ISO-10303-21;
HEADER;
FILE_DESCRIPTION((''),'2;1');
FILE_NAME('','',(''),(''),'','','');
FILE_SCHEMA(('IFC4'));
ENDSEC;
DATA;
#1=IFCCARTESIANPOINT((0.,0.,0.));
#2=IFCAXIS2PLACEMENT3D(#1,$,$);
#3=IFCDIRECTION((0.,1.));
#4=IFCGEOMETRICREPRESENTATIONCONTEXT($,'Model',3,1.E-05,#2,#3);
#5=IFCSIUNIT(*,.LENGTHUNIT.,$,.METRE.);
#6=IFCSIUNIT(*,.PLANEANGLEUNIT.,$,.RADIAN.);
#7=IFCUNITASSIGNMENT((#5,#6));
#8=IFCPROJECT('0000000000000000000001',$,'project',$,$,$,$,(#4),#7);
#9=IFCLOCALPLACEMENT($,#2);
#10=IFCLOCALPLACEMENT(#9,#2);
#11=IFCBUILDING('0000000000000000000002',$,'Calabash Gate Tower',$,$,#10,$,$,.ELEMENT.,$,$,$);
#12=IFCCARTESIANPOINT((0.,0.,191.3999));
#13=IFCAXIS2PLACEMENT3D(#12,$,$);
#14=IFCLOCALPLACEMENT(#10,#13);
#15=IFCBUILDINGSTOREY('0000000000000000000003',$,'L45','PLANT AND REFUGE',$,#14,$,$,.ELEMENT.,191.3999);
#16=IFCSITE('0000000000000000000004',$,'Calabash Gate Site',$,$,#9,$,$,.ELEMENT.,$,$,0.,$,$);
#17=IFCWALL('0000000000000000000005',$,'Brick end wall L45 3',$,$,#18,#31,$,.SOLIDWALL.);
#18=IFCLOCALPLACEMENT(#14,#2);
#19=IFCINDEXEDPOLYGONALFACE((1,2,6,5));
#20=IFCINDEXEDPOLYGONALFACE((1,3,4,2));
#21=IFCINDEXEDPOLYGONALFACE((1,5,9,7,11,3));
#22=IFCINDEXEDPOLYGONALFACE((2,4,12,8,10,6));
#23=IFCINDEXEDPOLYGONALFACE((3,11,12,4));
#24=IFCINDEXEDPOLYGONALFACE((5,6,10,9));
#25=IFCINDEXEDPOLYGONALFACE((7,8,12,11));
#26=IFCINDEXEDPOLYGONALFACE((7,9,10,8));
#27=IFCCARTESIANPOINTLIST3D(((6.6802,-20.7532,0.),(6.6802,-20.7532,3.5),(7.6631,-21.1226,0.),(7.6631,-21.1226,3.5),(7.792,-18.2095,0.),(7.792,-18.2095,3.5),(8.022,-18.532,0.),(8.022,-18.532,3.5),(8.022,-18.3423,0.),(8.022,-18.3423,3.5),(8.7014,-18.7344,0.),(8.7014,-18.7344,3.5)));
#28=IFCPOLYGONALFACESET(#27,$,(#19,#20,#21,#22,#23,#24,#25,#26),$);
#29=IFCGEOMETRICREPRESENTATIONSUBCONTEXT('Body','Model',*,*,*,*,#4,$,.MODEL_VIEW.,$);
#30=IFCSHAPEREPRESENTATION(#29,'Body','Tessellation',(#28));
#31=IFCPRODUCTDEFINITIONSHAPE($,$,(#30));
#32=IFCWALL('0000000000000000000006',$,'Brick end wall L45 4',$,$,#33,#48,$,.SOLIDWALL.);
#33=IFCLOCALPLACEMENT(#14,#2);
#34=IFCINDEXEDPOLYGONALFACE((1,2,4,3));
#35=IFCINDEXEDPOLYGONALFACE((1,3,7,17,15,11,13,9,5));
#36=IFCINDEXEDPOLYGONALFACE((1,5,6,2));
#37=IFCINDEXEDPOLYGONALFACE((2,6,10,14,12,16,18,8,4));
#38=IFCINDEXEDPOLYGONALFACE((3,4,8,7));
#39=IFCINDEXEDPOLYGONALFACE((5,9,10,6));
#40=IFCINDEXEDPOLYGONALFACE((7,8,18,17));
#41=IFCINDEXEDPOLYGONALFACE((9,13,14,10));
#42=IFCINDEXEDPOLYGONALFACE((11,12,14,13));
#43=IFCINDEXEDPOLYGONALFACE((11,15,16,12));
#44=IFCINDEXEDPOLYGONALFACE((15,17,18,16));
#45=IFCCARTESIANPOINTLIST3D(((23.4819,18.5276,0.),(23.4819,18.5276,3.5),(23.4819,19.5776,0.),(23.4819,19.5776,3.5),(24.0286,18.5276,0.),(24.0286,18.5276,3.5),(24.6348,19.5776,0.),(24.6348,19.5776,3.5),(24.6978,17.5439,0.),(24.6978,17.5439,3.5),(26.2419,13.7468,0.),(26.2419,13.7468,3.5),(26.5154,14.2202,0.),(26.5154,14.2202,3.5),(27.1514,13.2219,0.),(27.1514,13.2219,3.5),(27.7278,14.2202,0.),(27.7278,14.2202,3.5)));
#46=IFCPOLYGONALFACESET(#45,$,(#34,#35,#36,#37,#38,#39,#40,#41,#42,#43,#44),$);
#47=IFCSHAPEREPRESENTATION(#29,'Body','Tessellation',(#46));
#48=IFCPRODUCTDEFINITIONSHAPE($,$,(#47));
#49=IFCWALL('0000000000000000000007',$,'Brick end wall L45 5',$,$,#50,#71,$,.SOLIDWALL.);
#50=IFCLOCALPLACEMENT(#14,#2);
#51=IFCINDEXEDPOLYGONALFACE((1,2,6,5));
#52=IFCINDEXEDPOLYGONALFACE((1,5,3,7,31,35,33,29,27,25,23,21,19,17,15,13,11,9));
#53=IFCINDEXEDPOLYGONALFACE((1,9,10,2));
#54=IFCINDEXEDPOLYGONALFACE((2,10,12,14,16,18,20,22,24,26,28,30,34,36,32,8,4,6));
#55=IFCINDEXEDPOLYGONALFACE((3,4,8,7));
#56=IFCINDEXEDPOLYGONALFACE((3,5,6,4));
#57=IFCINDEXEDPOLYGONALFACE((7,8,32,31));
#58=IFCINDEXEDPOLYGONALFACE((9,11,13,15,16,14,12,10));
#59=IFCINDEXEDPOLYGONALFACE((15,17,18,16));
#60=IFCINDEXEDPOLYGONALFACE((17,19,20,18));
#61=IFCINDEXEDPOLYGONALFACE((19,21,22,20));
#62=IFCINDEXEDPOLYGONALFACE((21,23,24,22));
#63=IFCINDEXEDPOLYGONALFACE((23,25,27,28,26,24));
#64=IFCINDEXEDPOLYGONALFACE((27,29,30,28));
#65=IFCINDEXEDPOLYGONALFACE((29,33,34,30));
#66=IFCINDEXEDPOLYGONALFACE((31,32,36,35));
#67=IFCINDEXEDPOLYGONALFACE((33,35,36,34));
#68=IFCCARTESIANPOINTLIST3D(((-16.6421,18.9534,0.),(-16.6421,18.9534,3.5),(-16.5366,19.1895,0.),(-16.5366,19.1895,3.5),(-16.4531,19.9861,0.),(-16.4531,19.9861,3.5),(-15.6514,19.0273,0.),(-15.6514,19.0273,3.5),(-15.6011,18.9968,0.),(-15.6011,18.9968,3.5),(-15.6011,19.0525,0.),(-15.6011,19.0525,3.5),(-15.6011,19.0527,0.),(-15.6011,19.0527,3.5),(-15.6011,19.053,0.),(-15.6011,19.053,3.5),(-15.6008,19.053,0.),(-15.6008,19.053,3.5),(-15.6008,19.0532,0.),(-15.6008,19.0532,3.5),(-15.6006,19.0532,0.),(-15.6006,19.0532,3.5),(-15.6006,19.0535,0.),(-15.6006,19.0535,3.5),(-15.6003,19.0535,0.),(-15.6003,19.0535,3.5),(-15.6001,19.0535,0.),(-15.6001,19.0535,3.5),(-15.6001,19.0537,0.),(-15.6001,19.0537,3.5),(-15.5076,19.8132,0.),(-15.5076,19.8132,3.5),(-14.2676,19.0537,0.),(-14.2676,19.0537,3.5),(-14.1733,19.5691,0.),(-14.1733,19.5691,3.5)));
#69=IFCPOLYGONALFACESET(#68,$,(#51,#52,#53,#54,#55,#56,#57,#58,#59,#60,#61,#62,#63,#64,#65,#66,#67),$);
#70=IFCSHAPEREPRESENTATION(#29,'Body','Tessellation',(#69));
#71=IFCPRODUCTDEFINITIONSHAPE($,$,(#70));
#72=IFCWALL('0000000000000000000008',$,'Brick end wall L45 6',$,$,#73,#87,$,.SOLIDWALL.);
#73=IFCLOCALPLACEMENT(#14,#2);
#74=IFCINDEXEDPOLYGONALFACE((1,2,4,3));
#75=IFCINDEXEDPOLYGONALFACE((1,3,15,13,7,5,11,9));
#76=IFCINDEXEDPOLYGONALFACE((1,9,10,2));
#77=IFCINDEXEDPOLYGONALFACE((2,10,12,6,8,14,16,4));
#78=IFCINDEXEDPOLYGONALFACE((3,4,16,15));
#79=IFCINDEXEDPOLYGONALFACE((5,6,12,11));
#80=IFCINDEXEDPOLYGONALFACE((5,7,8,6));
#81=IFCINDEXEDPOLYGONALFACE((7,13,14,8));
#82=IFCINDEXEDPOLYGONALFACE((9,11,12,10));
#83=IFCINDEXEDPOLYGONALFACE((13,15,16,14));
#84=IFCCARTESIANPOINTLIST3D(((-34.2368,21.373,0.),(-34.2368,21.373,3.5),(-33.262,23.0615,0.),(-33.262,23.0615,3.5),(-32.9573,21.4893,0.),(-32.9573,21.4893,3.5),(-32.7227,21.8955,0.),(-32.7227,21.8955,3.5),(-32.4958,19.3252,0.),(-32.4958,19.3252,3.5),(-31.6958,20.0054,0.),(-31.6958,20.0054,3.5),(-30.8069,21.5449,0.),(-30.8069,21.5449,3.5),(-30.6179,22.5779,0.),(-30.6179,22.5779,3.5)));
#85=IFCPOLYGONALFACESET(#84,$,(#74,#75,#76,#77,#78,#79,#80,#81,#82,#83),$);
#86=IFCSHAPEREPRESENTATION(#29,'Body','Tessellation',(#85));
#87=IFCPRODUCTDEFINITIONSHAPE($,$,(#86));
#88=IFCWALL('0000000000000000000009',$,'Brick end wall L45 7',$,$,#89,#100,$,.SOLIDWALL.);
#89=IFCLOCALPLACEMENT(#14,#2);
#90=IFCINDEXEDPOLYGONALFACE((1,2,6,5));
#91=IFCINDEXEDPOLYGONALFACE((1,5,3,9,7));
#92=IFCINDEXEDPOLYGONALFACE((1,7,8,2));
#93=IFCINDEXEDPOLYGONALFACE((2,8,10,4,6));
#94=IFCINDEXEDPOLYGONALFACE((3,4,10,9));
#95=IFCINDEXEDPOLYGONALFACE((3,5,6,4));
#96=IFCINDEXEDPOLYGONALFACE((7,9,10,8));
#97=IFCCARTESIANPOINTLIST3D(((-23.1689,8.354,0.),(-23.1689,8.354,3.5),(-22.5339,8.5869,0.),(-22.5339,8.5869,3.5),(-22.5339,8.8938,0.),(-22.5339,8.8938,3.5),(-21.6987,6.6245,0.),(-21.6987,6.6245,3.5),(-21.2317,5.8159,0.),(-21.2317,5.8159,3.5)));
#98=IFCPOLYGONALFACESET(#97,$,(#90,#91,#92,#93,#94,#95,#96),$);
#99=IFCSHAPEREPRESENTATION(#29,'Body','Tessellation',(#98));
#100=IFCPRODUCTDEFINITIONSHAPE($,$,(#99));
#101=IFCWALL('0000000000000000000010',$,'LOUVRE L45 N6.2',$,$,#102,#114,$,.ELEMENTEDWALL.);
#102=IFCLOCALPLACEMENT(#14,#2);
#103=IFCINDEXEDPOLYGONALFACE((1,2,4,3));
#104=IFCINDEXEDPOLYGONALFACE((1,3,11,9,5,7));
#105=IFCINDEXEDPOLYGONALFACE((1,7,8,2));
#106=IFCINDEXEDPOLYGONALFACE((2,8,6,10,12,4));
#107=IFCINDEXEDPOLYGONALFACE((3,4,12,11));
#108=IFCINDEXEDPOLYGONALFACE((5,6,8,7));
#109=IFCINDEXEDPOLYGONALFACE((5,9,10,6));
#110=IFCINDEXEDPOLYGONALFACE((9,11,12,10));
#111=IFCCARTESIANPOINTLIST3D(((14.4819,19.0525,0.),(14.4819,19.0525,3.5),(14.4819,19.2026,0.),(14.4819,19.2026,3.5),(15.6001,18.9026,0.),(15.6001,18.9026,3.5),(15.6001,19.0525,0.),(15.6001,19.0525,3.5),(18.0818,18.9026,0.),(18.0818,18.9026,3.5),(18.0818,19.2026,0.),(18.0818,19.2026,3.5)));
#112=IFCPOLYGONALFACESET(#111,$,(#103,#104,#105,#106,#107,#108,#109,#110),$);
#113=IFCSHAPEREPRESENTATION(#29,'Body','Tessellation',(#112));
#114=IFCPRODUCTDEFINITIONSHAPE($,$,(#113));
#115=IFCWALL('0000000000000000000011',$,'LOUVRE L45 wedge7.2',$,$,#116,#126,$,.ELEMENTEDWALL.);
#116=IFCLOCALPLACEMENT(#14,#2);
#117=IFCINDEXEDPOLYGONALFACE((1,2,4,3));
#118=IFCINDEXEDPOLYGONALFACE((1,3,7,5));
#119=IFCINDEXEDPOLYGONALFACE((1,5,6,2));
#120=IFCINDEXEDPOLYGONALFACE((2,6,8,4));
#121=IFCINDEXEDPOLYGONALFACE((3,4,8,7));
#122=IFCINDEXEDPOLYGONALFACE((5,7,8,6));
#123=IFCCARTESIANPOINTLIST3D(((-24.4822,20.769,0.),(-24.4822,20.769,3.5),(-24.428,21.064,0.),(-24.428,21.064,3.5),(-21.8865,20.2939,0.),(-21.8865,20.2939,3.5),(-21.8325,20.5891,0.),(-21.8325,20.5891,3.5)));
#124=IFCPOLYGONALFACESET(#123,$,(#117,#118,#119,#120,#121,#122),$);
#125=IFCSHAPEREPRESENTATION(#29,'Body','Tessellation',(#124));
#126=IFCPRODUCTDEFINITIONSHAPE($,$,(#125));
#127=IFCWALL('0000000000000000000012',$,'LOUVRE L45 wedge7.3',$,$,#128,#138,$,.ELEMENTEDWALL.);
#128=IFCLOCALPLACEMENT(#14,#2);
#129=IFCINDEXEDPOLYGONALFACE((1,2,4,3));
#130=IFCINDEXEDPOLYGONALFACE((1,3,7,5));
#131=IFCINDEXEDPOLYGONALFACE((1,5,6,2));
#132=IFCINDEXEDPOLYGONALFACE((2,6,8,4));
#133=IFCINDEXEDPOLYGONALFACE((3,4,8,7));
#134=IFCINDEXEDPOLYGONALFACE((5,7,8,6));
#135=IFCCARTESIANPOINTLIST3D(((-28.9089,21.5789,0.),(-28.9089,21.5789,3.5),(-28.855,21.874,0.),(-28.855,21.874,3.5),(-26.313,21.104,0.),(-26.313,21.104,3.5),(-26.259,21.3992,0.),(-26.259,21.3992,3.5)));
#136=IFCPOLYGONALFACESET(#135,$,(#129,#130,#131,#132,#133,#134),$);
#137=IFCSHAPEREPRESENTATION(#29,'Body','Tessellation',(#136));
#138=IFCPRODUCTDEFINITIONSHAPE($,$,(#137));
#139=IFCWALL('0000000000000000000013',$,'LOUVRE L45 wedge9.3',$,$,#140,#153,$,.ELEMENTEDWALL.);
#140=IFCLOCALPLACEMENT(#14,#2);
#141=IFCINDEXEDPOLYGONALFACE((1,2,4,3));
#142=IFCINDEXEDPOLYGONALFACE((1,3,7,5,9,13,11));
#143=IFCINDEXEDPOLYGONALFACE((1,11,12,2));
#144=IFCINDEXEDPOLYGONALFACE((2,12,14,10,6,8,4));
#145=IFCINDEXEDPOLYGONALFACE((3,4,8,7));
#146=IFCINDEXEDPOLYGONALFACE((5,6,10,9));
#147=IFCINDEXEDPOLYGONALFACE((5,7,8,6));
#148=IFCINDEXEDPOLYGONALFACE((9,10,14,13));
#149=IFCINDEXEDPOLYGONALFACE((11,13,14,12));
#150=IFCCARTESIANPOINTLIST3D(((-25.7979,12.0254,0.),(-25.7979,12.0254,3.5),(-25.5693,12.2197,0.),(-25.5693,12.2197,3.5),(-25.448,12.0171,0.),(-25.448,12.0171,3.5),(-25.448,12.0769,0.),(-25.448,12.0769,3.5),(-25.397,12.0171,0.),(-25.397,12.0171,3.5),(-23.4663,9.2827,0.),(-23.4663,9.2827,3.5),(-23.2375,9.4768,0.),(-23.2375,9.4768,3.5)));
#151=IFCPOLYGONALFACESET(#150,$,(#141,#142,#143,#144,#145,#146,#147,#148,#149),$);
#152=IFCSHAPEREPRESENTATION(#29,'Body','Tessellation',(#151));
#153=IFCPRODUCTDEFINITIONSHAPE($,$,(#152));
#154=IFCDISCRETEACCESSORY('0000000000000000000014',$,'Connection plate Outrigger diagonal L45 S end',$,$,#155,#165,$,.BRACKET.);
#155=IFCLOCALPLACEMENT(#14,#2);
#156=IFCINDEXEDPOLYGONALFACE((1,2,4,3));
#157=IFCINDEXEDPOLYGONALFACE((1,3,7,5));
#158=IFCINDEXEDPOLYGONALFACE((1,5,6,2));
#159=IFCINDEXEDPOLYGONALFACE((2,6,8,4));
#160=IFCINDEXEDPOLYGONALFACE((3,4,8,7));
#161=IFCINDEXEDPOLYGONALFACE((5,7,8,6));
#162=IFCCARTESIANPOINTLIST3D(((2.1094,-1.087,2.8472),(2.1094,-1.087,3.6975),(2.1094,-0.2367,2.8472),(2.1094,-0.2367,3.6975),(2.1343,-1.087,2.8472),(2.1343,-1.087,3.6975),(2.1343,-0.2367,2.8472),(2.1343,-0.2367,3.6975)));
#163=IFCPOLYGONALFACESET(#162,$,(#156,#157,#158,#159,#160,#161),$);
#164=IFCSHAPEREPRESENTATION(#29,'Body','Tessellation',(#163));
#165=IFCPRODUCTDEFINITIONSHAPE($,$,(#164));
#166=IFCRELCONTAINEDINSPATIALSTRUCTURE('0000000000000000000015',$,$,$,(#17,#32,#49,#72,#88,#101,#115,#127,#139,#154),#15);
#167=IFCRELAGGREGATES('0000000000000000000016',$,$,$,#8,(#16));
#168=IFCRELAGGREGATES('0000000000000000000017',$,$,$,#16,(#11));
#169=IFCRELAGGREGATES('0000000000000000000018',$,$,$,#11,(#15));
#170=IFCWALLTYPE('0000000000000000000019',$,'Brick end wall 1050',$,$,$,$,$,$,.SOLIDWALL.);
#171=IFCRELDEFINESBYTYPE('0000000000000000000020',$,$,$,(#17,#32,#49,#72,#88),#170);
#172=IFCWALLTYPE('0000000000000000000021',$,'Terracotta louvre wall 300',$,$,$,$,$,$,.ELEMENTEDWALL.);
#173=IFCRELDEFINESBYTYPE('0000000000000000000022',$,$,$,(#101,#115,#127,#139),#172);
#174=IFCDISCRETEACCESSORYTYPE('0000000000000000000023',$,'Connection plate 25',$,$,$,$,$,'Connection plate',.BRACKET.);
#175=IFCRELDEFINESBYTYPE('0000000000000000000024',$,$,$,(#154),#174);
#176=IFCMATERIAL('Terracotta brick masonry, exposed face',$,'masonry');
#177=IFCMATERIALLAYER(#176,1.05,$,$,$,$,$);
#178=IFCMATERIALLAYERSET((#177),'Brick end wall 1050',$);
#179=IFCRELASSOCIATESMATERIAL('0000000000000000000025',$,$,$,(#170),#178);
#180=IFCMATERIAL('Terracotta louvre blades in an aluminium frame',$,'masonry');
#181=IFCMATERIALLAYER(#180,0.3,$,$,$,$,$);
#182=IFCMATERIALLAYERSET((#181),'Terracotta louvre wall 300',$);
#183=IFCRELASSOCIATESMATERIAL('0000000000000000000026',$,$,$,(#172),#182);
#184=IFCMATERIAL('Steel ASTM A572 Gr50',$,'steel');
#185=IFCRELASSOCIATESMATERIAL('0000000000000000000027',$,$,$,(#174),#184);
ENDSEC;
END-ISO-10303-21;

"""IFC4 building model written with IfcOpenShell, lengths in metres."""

from ifc_helpers import new_model, si_unit, direction, frame, origin, origin_2d, place, context, subcontext, project, spatial, polyline, rectangle, outline, extrude, material, layer, layer_set, type_object, element, save


model = new_model("IFC4")

# Units and contexts
model_context = context("Model", 3, precision=1e-05, world=origin(), true_north=direction((0.0, 1.0)))
body_context = subcontext(model_context, "Body", "Model", "MODEL_VIEW")
ifc_project = project(units=[si_unit("LENGTHUNIT", "METRE"), si_unit("PLANEANGLEUNIT", "RADIAN")], contexts=[model_context])

# Site, building, storey
site_placement = place(None, origin())
site = spatial("IfcSite", under=ifc_project, at=site_placement, Name="Calabash Gate Site", CompositionType="ELEMENT", RefElevation=0.0)
building_placement = place(site_placement, origin())
building = spatial("IfcBuilding", under=site, at=building_placement, Name="Calabash Gate Tower", CompositionType="ELEMENT")
storey_placement = place(building_placement, frame((0.0, 0.0, 191.3999)))
storey = spatial("IfcBuildingStorey", under=building, at=storey_placement, Name="L45", Description="PLANT AND REFUGE", CompositionType="ELEMENT", Elevation=191.3999)

# Walls
ifc_material_1 = material(Name="Terracotta brick masonry, exposed face", Category="masonry")
ifc_layer_1 = layer(ifc_material_1, 1.05)
ifc_layer_set_1 = layer_set([ifc_layer_1], Name="Brick end wall 1050")
wall_type_1 = type_object("IfcWallType", Name="Brick end wall 1050", PredefinedType="SOLIDWALL", material=ifc_layer_set_1)
wall_1_placement = place(storey_placement, origin())
element("IfcWall", 1, at=wall_1_placement, inside=storey, type_object=wall_type_1, Name="Brick end wall L45 3", PredefinedType="SOLIDWALL", context=body_context, shape_type="SweptSolid", body=[
    extrude(outline(polyline([(6.6802, -20.7532), (7.6631, -21.1226), (8.7014, -18.7344), (8.022, -18.532), (8.022, -18.3423), (7.792, -18.2095), (6.6802, -20.7532)])), origin(), (0.0, 0.0, 1.0), 3.5),
])
wall_2_placement = place(storey_placement, origin())
element("IfcWall", 2, at=wall_2_placement, inside=storey, type_object=wall_type_1, Name="Brick end wall L45 4", PredefinedType="SOLIDWALL", context=body_context, shape_type="SweptSolid", body=[
    extrude(outline(polyline([(26.2419, 13.7468), (27.1514, 13.2219), (27.7278, 14.2202), (24.6348, 19.5776), (23.4819, 19.5776), (23.4819, 18.5276), (24.0286, 18.5276), (24.6978, 17.5439), (26.5154, 14.2202), (26.2419, 13.7468)])), origin(), (0.0, 0.0, 1.0), 3.5),
])
wall_3_placement = place(storey_placement, origin())
element("IfcWall", 3, at=wall_3_placement, inside=storey, type_object=wall_type_1, Name="Brick end wall L45 5", PredefinedType="SOLIDWALL", context=body_context, shape_type="SweptSolid", body=[
    extrude(outline(polyline([(-16.6421, 18.9534), (-16.4531, 19.9861), (-16.5366, 19.1895), (-15.6514, 19.0273), (-15.5076, 19.8132), (-14.1733, 19.5691), (-14.2676, 19.0537), (-15.6001, 19.0537), (-15.6001, 19.0537), (-15.6001, 19.0535), (-15.6003, 19.0535), (-15.6003, 19.0535), (-15.6006, 19.0535), (-15.6006, 19.0535), (-15.6006, 19.0535), (-15.6006, 19.0532), (-15.6008, 19.0532), (-15.6008, 19.0532), (-15.6008, 19.053), (-15.6008, 19.053), (-15.6011, 19.053), (-15.6011, 19.0527), (-15.6011, 19.0527), (-15.6011, 19.0525), (-15.6011, 18.9968), (-16.6421, 18.9534)])), origin(), (0.0, 0.0, 1.0), 3.5),
])
wall_4_placement = place(storey_placement, origin())
element("IfcWall", 4, at=wall_4_placement, inside=storey, type_object=wall_type_1, Name="Brick end wall L45 6", PredefinedType="SOLIDWALL", context=body_context, shape_type="SweptSolid", body=[
    extrude(outline(polyline([(-30.8069, 21.5449), (-30.6179, 22.5779), (-33.262, 23.0615), (-34.2368, 21.373), (-32.4958, 19.3252), (-31.6958, 20.0054), (-32.9573, 21.4893), (-32.7227, 21.8955), (-30.8069, 21.5449)])), origin(), (0.0, 0.0, 1.0), 3.5),
])
wall_5_placement = place(storey_placement, origin())
element("IfcWall", 5, at=wall_5_placement, inside=storey, type_object=wall_type_1, Name="Brick end wall L45 7", PredefinedType="SOLIDWALL", context=body_context, shape_type="SweptSolid", body=[
    extrude(outline(polyline([(-22.5339, 8.8938), (-23.1689, 8.354), (-21.6987, 6.6245), (-21.2317, 5.8159), (-22.5339, 8.5869), (-22.5339, 8.8938)])), origin(), (0.0, 0.0, 1.0), 3.5),
])
ifc_material_2 = material(Name="Terracotta louvre blades in an aluminium frame", Category="masonry")
ifc_layer_2 = layer(ifc_material_2, 0.3)
ifc_layer_set_2 = layer_set([ifc_layer_2], Name="Terracotta louvre wall 300")
wall_type_2 = type_object("IfcWallType", Name="Terracotta louvre wall 300", PredefinedType="ELEMENTEDWALL", material=ifc_layer_set_2)
wall_6_placement = place(storey_placement, origin())
element("IfcWall", 6, at=wall_6_placement, inside=storey, type_object=wall_type_2, Name="LOUVRE L45 N6.2", PredefinedType="ELEMENTEDWALL", context=body_context, shape_type="SweptSolid", body=[
    extrude(outline(polyline([(18.0818, 19.2026), (14.4819, 19.2026), (14.4819, 19.0525), (15.6001, 19.0525), (15.6001, 18.9026), (18.0818, 18.9026), (18.0818, 19.2026)])), origin(), (0.0, 0.0, 1.0), 3.5),
])
wall_7_placement = place(storey_placement, origin())
element("IfcWall", 7, at=wall_7_placement, inside=storey, type_object=wall_type_2, Name="LOUVRE L45 wedge7.2", PredefinedType="ELEMENTEDWALL", context=body_context, shape_type="SweptSolid", body=[
    extrude(outline(polyline([(-21.8325, 20.5891), (-24.428, 21.064), (-24.4822, 20.769), (-21.8865, 20.2939), (-21.8325, 20.5891)])), origin(), (0.0, 0.0, 1.0), 3.5),
])
wall_8_placement = place(storey_placement, origin())
element("IfcWall", 8, at=wall_8_placement, inside=storey, type_object=wall_type_2, Name="LOUVRE L45 wedge7.3", PredefinedType="ELEMENTEDWALL", context=body_context, shape_type="SweptSolid", body=[
    extrude(outline(polyline([(-26.259, 21.3992), (-28.855, 21.874), (-28.9089, 21.5789), (-26.313, 21.104), (-26.259, 21.3992)])), origin(), (0.0, 0.0, 1.0), 3.5),
])
wall_9_placement = place(storey_placement, origin())
element("IfcWall", 9, at=wall_9_placement, inside=storey, type_object=wall_type_2, Name="LOUVRE L45 wedge9.3", PredefinedType="ELEMENTEDWALL", context=body_context, shape_type="SweptSolid", body=[
    extrude(outline(polyline([(-23.2375, 9.4768), (-25.397, 12.0171), (-25.448, 12.0171), (-25.448, 12.0769), (-25.5693, 12.2197), (-25.7979, 12.0254), (-23.4663, 9.2827), (-23.2375, 9.4768)])), origin(), (0.0, 0.0, 1.0), 3.5),
])

# Discrete accessory
ifc_material_3 = material(Name="Steel ASTM A572 Gr50", Category="steel")
discrete_accessory_type = type_object("IfcDiscreteAccessoryType", Name="Connection plate 25", ElementType="Connection plate", PredefinedType="BRACKET", material=ifc_material_3)
discrete_accessory_placement = place(storey_placement, frame((2.1218, -0.6619, 2.8472), z_axis=(0.0, 0.0, 1.0), x_axis=(0.0, 1.0, 0.0)))
element("IfcDiscreteAccessory", 10, at=discrete_accessory_placement, inside=storey, type_object=discrete_accessory_type, Name="Connection plate Outrigger diagonal L45 S end", PredefinedType="BRACKET", context=body_context, shape_type="SweptSolid", body=[
    extrude(rectangle(XDim=0.8503, YDim=0.0249, at=origin_2d()), origin(), (0.0, 0.0, 1.0), 0.8503),
])

save(model, "model.ifc")
